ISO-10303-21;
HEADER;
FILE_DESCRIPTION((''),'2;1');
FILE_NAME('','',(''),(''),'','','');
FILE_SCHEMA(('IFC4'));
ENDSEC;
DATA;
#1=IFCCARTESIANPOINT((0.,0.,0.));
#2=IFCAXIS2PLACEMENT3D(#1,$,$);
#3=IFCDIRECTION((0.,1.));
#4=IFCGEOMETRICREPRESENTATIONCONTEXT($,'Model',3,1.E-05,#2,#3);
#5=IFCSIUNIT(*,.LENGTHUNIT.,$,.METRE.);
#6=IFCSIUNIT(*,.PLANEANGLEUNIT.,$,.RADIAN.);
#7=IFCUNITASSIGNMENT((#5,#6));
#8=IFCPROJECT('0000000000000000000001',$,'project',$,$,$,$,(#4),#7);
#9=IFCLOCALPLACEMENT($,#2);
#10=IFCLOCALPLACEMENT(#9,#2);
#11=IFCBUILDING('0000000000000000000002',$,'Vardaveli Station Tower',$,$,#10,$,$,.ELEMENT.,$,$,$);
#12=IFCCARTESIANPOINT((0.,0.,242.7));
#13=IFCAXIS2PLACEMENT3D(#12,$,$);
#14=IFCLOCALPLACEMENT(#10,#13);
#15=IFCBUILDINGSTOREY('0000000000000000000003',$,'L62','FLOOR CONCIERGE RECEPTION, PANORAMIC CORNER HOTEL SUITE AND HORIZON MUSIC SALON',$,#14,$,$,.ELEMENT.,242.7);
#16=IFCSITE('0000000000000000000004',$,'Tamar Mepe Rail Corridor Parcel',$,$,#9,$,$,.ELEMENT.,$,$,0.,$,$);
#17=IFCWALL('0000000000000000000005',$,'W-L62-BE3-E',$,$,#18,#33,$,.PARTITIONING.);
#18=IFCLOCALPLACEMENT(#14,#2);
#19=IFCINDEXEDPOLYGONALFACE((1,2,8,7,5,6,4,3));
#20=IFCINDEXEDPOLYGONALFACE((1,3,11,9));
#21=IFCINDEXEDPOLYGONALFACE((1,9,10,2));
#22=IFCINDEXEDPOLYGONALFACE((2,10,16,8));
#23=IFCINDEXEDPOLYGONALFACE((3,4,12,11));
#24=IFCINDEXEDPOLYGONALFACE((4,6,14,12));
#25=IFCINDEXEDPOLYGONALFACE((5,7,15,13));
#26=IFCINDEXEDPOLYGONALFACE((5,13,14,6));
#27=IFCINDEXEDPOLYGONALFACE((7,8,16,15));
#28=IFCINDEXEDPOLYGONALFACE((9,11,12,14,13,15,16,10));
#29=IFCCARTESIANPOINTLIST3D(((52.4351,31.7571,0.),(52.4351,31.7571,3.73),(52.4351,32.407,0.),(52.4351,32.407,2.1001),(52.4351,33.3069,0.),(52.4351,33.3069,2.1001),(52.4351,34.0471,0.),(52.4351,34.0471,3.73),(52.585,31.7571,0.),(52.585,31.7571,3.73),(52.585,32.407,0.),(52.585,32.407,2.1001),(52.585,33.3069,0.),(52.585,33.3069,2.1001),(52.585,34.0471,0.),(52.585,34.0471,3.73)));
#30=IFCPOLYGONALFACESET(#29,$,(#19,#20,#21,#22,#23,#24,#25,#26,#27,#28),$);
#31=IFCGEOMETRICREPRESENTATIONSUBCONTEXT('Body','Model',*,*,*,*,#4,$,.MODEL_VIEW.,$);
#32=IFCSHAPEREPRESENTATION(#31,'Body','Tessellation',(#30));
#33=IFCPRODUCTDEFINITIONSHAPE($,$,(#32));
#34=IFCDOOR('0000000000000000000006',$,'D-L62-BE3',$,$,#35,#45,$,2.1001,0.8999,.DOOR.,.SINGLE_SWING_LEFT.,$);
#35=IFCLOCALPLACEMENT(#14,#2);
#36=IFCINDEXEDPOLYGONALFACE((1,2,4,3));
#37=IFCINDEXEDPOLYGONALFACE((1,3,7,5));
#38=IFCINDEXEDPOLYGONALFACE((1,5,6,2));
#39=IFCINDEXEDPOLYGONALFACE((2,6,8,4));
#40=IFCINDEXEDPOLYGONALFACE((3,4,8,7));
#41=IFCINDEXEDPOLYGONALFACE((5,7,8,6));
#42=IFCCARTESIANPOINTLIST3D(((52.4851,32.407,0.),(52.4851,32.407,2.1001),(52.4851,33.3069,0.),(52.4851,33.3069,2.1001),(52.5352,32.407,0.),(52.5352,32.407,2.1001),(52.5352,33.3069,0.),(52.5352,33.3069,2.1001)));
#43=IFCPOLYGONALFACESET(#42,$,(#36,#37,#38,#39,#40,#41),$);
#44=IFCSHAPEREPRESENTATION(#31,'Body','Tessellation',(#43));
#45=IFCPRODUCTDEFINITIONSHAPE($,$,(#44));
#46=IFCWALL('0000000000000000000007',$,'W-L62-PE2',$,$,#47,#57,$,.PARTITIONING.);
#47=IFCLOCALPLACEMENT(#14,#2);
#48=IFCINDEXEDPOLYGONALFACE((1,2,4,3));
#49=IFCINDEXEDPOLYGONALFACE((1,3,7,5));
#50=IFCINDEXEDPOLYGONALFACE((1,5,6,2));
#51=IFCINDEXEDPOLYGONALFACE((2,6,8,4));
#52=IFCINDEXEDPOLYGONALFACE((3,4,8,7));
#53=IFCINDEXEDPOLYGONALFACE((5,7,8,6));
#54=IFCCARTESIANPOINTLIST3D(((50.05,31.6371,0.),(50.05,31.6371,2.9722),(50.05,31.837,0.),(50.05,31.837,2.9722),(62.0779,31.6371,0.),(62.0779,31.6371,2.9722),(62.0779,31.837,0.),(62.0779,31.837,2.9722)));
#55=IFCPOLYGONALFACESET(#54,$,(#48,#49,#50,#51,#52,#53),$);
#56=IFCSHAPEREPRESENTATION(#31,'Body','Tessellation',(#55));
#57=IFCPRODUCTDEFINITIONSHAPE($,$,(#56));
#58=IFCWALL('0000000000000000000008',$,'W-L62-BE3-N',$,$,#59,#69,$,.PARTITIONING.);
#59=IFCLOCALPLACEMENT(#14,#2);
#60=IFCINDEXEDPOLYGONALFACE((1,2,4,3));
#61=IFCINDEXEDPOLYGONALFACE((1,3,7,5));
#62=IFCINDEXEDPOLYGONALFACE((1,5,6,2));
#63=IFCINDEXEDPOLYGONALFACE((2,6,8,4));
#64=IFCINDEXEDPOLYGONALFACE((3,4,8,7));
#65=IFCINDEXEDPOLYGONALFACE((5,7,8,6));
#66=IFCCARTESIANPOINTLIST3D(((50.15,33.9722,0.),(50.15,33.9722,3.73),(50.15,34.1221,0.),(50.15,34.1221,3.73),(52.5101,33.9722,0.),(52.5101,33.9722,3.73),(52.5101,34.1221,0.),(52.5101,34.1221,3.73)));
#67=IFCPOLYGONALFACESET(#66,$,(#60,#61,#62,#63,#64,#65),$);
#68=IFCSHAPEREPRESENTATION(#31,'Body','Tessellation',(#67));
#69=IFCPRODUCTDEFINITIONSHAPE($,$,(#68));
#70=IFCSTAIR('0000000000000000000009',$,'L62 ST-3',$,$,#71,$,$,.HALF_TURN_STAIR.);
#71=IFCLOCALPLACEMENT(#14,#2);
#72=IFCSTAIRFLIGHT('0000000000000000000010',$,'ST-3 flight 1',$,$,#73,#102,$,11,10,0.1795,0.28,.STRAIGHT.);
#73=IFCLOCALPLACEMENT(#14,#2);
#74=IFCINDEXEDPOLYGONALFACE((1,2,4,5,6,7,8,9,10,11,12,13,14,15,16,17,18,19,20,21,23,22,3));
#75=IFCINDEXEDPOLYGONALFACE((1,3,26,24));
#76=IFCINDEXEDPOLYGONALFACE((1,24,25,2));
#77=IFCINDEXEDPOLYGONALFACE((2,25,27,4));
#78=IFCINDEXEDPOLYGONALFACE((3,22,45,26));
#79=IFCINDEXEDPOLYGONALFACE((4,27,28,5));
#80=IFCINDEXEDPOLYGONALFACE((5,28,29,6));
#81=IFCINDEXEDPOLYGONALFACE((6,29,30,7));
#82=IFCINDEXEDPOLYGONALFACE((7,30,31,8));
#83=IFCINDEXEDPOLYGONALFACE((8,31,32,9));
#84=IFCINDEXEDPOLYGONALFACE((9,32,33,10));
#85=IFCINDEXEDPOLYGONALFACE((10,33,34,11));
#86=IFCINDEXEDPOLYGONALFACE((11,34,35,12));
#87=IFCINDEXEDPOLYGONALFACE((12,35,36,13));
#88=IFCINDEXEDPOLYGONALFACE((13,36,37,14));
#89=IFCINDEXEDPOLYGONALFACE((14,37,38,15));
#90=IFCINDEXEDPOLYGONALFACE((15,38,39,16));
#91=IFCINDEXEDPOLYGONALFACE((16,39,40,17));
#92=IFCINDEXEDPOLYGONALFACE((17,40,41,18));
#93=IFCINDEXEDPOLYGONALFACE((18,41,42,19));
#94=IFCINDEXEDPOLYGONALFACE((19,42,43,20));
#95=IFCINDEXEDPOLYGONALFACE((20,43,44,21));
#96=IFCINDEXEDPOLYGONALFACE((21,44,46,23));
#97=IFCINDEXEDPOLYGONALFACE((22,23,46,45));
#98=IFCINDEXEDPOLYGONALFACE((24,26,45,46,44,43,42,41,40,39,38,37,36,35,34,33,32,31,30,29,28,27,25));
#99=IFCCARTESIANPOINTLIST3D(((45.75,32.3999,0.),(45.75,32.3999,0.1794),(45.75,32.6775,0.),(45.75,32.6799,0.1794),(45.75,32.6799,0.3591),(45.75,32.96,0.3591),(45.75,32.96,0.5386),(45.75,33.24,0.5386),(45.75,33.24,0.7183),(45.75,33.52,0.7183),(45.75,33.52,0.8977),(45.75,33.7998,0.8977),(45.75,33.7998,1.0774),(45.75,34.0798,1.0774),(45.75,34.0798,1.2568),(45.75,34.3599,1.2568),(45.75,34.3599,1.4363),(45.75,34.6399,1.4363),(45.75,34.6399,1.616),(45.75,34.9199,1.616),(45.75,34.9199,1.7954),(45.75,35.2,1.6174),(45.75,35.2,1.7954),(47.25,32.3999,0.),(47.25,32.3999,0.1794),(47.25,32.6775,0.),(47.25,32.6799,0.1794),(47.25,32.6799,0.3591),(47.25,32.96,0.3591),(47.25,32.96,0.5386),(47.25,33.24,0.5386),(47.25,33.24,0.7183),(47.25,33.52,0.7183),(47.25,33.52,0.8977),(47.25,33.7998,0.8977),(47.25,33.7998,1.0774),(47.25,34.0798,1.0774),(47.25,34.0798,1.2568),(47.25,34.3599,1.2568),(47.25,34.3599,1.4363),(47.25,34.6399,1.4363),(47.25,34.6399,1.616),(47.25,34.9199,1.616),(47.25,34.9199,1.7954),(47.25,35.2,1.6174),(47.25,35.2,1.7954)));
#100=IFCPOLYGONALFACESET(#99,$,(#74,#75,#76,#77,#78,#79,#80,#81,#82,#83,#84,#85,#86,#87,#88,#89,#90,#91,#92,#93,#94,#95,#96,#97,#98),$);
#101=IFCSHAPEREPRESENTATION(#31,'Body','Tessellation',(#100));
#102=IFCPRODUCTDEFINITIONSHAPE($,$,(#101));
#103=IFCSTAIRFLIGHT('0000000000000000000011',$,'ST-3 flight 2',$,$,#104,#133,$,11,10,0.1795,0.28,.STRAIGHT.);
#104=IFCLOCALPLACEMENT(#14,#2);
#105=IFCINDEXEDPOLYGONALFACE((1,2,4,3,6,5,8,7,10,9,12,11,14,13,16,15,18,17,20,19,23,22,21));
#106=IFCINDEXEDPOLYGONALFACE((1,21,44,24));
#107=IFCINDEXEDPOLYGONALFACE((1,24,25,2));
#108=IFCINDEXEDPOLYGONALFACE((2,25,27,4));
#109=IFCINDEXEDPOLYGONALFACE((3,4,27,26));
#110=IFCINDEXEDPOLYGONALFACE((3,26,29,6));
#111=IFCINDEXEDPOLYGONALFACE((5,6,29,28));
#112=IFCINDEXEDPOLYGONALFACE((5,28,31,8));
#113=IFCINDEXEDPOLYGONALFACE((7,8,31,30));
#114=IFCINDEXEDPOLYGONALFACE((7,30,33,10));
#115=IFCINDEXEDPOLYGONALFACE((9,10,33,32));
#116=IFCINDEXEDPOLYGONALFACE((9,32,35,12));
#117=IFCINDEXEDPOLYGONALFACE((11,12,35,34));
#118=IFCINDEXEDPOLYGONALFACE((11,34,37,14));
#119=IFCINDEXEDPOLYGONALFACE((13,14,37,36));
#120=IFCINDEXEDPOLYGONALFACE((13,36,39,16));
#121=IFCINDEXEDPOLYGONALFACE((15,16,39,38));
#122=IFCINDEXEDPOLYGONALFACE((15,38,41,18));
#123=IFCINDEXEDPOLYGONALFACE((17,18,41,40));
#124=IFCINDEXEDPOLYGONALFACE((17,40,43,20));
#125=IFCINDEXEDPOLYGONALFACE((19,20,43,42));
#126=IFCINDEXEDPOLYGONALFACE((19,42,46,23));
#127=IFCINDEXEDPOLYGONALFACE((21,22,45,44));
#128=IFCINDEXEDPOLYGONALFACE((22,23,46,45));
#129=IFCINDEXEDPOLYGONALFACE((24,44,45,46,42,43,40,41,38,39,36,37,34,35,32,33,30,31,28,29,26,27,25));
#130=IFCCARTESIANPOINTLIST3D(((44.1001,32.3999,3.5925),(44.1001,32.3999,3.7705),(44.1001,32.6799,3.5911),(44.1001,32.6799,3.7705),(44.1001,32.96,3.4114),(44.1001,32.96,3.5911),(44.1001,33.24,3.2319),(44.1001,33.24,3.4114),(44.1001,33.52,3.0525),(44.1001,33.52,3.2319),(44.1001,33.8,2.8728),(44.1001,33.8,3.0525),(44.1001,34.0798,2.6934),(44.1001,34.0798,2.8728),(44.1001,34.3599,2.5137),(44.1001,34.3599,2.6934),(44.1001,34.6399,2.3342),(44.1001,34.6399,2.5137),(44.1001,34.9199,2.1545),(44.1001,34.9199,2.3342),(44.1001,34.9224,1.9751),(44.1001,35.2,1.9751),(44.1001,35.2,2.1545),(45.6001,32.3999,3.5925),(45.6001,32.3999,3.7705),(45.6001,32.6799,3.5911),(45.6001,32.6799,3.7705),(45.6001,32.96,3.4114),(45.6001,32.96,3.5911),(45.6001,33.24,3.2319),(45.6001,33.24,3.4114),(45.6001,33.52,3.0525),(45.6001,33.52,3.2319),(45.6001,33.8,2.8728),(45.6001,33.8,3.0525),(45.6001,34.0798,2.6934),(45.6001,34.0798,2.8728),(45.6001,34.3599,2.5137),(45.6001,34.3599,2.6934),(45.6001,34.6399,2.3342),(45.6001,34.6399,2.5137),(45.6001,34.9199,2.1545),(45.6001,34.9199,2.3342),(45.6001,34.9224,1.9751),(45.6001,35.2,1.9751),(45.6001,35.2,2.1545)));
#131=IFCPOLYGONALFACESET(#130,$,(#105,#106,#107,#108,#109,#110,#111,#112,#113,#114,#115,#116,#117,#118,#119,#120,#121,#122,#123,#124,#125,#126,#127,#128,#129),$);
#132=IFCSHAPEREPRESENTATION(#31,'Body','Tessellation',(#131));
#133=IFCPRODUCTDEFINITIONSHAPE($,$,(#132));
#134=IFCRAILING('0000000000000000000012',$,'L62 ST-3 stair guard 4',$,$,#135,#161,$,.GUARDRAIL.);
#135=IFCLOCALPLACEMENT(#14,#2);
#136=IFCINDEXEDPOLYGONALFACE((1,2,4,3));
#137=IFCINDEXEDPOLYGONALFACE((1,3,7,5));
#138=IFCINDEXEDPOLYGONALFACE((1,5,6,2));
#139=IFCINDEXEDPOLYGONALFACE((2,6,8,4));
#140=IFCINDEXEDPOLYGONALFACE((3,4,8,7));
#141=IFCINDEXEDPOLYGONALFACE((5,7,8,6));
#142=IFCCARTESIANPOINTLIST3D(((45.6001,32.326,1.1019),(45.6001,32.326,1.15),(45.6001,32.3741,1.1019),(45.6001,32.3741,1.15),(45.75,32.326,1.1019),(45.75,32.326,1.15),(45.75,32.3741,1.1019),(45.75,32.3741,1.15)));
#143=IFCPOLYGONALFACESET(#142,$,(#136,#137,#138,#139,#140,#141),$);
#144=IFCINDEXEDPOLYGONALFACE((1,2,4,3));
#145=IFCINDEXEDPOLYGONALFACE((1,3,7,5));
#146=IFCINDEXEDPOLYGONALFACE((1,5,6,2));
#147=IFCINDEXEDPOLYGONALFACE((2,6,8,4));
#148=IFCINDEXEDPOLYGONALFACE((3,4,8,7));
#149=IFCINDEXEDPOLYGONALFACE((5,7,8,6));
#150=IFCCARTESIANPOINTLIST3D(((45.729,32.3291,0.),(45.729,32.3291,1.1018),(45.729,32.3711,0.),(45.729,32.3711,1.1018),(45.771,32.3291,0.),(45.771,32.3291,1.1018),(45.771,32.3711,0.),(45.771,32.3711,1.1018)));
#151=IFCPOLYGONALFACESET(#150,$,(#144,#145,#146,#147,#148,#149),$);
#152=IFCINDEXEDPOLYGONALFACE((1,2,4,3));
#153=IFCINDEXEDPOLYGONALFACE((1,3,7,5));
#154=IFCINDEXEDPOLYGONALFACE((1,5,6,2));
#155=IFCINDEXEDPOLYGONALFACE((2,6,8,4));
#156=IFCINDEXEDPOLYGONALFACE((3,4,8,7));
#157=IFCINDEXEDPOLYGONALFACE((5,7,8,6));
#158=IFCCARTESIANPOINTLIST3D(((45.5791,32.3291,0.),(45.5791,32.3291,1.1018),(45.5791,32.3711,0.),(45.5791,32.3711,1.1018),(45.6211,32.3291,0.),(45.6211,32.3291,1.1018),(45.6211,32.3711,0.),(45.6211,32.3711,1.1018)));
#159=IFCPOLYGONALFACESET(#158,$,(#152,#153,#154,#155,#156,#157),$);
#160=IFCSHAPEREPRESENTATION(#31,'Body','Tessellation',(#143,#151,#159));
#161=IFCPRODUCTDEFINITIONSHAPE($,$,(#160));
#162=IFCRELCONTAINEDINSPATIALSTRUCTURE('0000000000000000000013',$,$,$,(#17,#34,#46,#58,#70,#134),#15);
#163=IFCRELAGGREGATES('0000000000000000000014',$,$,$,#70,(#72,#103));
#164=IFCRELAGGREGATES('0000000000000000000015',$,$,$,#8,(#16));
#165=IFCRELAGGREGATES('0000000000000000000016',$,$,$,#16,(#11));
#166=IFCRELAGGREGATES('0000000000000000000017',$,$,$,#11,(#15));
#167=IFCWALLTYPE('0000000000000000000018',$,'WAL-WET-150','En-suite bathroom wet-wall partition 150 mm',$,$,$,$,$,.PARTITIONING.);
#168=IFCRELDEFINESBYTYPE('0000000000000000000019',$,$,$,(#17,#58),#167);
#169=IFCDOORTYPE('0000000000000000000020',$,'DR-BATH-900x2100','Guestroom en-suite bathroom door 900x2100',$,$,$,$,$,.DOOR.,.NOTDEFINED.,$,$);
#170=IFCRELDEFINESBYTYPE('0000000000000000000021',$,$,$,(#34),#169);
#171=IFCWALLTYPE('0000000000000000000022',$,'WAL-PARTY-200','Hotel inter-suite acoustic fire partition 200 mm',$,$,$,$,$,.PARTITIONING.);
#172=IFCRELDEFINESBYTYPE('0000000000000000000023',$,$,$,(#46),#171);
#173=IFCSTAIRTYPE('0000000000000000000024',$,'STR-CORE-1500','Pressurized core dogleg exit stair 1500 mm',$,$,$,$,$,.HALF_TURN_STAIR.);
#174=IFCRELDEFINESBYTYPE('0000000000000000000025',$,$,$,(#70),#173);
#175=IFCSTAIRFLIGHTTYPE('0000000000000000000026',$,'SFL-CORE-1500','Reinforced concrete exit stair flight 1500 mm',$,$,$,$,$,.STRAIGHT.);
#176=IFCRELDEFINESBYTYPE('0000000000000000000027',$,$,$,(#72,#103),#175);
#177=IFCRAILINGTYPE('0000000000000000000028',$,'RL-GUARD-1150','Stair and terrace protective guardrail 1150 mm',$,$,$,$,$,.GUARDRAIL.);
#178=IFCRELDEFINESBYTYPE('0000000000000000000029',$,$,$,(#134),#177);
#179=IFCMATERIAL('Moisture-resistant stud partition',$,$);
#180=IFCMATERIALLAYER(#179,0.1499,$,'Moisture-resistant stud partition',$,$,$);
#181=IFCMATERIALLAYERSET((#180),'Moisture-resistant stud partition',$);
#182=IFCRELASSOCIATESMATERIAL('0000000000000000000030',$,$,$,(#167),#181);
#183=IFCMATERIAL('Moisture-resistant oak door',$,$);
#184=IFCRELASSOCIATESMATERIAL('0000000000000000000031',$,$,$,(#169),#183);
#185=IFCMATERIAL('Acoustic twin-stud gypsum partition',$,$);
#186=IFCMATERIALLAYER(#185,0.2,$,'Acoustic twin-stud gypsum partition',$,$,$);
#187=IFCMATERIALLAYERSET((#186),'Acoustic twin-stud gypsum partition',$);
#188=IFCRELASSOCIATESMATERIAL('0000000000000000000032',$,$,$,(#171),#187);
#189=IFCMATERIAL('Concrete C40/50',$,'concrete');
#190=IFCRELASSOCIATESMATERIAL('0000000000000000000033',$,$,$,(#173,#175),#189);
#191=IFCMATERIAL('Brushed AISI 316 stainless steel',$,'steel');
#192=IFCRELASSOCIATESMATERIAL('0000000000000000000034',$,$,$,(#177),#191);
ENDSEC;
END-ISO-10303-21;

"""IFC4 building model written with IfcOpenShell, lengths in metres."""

from ifc_helpers import new_model, si_unit, direction, frame, frame_2d, origin, origin_2d, place, context, subcontext, project, spatial, polyline, rectangle, outline, extrude, source, transform, mapped, material, layer, layer_set, type_object, element, fill, aggregate, save


model = new_model("IFC4")

# Units and contexts
model_context = context("Model", 3, precision=1e-05, world=origin(), true_north=direction((0.0, 1.0)))
body_context = subcontext(model_context, "Body", "Model", "MODEL_VIEW")
ifc_project = project(units=[si_unit("LENGTHUNIT", "METRE"), si_unit("PLANEANGLEUNIT", "RADIAN")], contexts=[model_context])

# Site, building, storey
site_placement = place(None, origin())
site = spatial("IfcSite", under=ifc_project, at=site_placement, Name="Tamar Mepe Rail Corridor Parcel", CompositionType="ELEMENT", RefElevation=0.0)
building_placement = place(site_placement, origin())
building = spatial("IfcBuilding", under=site, at=building_placement, Name="Vardaveli Station Tower", CompositionType="ELEMENT")
storey_placement = place(building_placement, frame((0.0, 0.0, 242.7)))
storey = spatial("IfcBuildingStorey", under=building, at=storey_placement, Name="L62", Description="FLOOR CONCIERGE RECEPTION, PANORAMIC CORNER HOTEL SUITE AND HORIZON MUSIC SALON", CompositionType="ELEMENT", Elevation=242.7)

# Shared definitions
ifc_material_1 = material(Name="Concrete C40/50", Category="concrete")

# Wall, opening, door
ifc_material_2 = material(Name="Moisture-resistant stud partition")
ifc_layer_1 = layer(ifc_material_2, 0.1499, Name="Moisture-resistant stud partition")
ifc_layer_set_1 = layer_set([ifc_layer_1], Name="Moisture-resistant stud partition")
wall_type_1 = type_object("IfcWallType", Name="WAL-WET-150", Description="En-suite bathroom wet-wall partition 150 mm", PredefinedType="PARTITIONING", material=ifc_layer_set_1)
shared_shape_1 = source(origin(), body_context, "Body", "SweptSolid", [
    extrude(rectangle(XDim=2.29, YDim=0.1499, at=frame_2d((1.145, 0.0))), origin(), (0.0, 0.0, 1.0), 3.73),
])
wall_1_placement = place(storey_placement, frame((52.51, 31.7571, 0.0), z_axis=(0.0, 0.0, 1.0), x_axis=(0.0, 1.0, 0.0)))
wall_1 = element("IfcWall", 1, at=wall_1_placement, inside=storey, type_object=wall_type_1, Name="W-L62-BE3-E", PredefinedType="PARTITIONING", context=body_context, shape_type="MappedRepresentation", body=[
    mapped(shared_shape_1, transform((0.0, 0.0, 0.0), scale=1.0)),
])
shared_shape_2 = source(origin(), body_context, "Body", "SweptSolid", [
    extrude(rectangle(XDim=0.8999, YDim=2.1001, at=frame_2d((0.45, 1.05))), frame((0.0, 0.085, 0.0), z_axis=(0.0, -1.0, 0.0), x_axis=(1.0, 0.0, 0.0)), (0.0, 0.0, 1.0), 0.1699),
])
opening_1_placement = place(wall_1_placement, frame((0.6499, 0.0, 0.0)))
opening_1 = element("IfcOpeningElement", 2, at=opening_1_placement, cuts=wall_1, PredefinedType="OPENING", context=body_context, shape_type="MappedRepresentation", body=[
    mapped(shared_shape_2, transform((0.0, 0.0, 0.0), scale=1.0)),
])
ifc_material_3 = material(Name="Moisture-resistant oak door")
door_type_1 = type_object("IfcDoorType", Name="DR-BATH-900x2100", Description="Guestroom en-suite bathroom door 900x2100", OperationType="NOTDEFINED", PredefinedType="DOOR", material=ifc_material_3)
shared_shape_3 = source(origin(), body_context, "Body", "SweptSolid", [
    extrude(rectangle(XDim=0.8999, YDim=2.1001, at=frame_2d((0.45, 1.05))), frame((0.0, 0.0249, 0.0), z_axis=(0.0, -1.0, 0.0), x_axis=(1.0, 0.0, 0.0)), (0.0, 0.0, 1.0), 0.05),
])
door_1_placement = place(opening_1_placement, origin())
door_1 = element("IfcDoor", 3, at=door_1_placement, inside=storey, type_object=door_type_1, Name="D-L62-BE3", OperationType="SINGLE_SWING_LEFT", OverallHeight=2.1001, OverallWidth=0.8999, PredefinedType="DOOR", context=body_context, shape_type="MappedRepresentation", body=[
    mapped(shared_shape_3, transform((0.0, 0.0, 0.0), scale=1.0)),
])
fill(opening_1, door_1)

# Walls
ifc_material_4 = material(Name="Acoustic twin-stud gypsum partition")
ifc_layer_2 = layer(ifc_material_4, 0.2, Name="Acoustic twin-stud gypsum partition")
ifc_layer_set_2 = layer_set([ifc_layer_2], Name="Acoustic twin-stud gypsum partition")
wall_type_2 = type_object("IfcWallType", Name="WAL-PARTY-200", Description="Hotel inter-suite acoustic fire partition 200 mm", PredefinedType="PARTITIONING", material=ifc_layer_set_2)
shared_shape_4 = source(origin(), body_context, "Body", "SweptSolid", [
    extrude(rectangle(XDim=12.0278, YDim=0.2, at=frame_2d((6.0139, 0.0))), origin(), (0.0, 0.0, 1.0), 2.9722),
])
wall_2_placement = place(storey_placement, frame((50.05, 31.7371, 0.0), z_axis=(0.0, 0.0, 1.0), x_axis=(1.0, 0.0, 0.0)))
element("IfcWall", 4, at=wall_2_placement, inside=storey, type_object=wall_type_2, Name="W-L62-PE2", PredefinedType="PARTITIONING", context=body_context, shape_type="MappedRepresentation", body=[
    mapped(shared_shape_4, transform((0.0, 0.0, 0.0), scale=1.0)),
])
shared_shape_5 = source(origin(), body_context, "Body", "SweptSolid", [
    extrude(rectangle(XDim=2.3601, YDim=0.1499, at=frame_2d((1.1802, 0.0))), origin(), (0.0, 0.0, 1.0), 3.73),
])
wall_3_placement = place(storey_placement, frame((50.1499, 34.0471, 0.0), z_axis=(0.0, 0.0, 1.0), x_axis=(1.0, 0.0, 0.0)))
element("IfcWall", 5, at=wall_3_placement, inside=storey, type_object=wall_type_1, Name="W-L62-BE3-N", PredefinedType="PARTITIONING", context=body_context, shape_type="MappedRepresentation", body=[
    mapped(shared_shape_5, transform((0.0, 0.0, 0.0), scale=1.0)),
])

# Stair, stair flights
stair_type = type_object("IfcStairType", Name="STR-CORE-1500", Description="Pressurized core dogleg exit stair 1500 mm", PredefinedType="HALF_TURN_STAIR", material=ifc_material_1)
stair_placement = place(storey_placement, origin())
stair = element("IfcStair", 6, at=stair_placement, inside=storey, type_object=stair_type, Name="L62 ST-3", PredefinedType="HALF_TURN_STAIR")
stair_flight_type = type_object("IfcStairFlightType", Name="SFL-CORE-1500", Description="Reinforced concrete exit stair flight 1500 mm", PredefinedType="STRAIGHT", material=ifc_material_1)
shared_shape_6 = source(origin(), body_context, "Body", "SweptSolid", [
    extrude(outline(polyline([(0.0, 0.0), (0.0, 0.1794), (0.28, 0.1794), (0.28, 0.3591), (0.5601, 0.3591), (0.5601, 0.5386), (0.8401, 0.5386), (0.8401, 0.7183), (1.1201, 0.7183), (1.1201, 0.8977), (1.3999, 0.8977), (1.3999, 1.0774), (1.6799, 1.0774), (1.6799, 1.2568), (1.96, 1.2568), (1.96, 1.4363), (2.24, 1.4363), (2.24, 1.616), (2.52, 1.616), (2.52, 1.7954), (2.8, 1.7954), (2.8, 1.9751), (2.8, 1.6174), (0.2776, 0.0), (0.0, 0.0)])), frame((0.0, 0.75, 0.0), z_axis=(0.0, -1.0, 0.0), x_axis=(1.0, 0.0, 0.0)), (0.0, 0.0, 1.0), 1.5),
])
stair_flight_1_placement = place(storey_placement, frame((46.5, 32.3999, 0.0), z_axis=(0.0, 0.0, 1.0), x_axis=(0.0, 1.0, 0.0)))
stair_flight_1 = element("IfcStairFlight", 7, at=stair_flight_1_placement, type_object=stair_flight_type, Name="ST-3 flight 1", NumberOfRisers=11, NumberOfTreads=10, PredefinedType="STRAIGHT", RiserHeight=0.1795, TreadLength=0.28, context=body_context, shape_type="MappedRepresentation", body=[
    mapped(shared_shape_6, transform((0.0, 0.0, 0.0), scale=1.0)),
])
stair_flight_2_placement = place(storey_placement, frame((44.8501, 35.2, 1.9751), z_axis=(0.0, 0.0, 1.0), x_axis=(0.0, -1.0, 0.0)))
stair_flight_2 = element("IfcStairFlight", 8, at=stair_flight_2_placement, type_object=stair_flight_type, Name="ST-3 flight 2", NumberOfRisers=11, NumberOfTreads=10, PredefinedType="STRAIGHT", RiserHeight=0.1795, TreadLength=0.28, context=body_context, shape_type="MappedRepresentation", body=[
    mapped(shared_shape_6, transform((0.0, 0.0, 0.0), scale=1.0)),
])
aggregate(stair, [stair_flight_1, stair_flight_2])

# Railing
ifc_material_5 = material(Name="Brushed AISI 316 stainless steel", Category="steel")
railing_type_1 = type_object("IfcRailingType", Name="RL-GUARD-1150", Description="Stair and terrace protective guardrail 1150 mm", PredefinedType="GUARDRAIL", material=ifc_material_5)
shared_shape_7 = source(origin(), body_context, "Body", "SweptSolid", [
    extrude(rectangle(XDim=0.0481, YDim=0.0481, at=origin_2d()), frame((0.0, 0.0, 1.126), z_axis=(-1.0, 0.0, 0.0), x_axis=(0.0, -1.0, 0.0)), (0.0, 0.0, 1.0), 0.1499),
    extrude(rectangle(XDim=0.042, YDim=0.042, at=origin_2d()), origin(), (0.0, 0.0, 1.0), 1.1018),
    extrude(rectangle(XDim=0.042, YDim=0.042, at=origin_2d()), frame((-0.1499, 0.0, 0.0)), (0.0, 0.0, 1.0), 1.1018),
])
railing_1_placement = place(storey_placement, frame((45.75, 32.3501, 0.0)))
element("IfcRailing", 9, at=railing_1_placement, inside=storey, type_object=railing_type_1, Name="L62 ST-3 stair guard 4", PredefinedType="GUARDRAIL", context=body_context, shape_type="MappedRepresentation", body=[
    mapped(shared_shape_7, transform((0.0, 0.0, 0.0), scale=1.0)),
])

save(model, "model.ifc")
